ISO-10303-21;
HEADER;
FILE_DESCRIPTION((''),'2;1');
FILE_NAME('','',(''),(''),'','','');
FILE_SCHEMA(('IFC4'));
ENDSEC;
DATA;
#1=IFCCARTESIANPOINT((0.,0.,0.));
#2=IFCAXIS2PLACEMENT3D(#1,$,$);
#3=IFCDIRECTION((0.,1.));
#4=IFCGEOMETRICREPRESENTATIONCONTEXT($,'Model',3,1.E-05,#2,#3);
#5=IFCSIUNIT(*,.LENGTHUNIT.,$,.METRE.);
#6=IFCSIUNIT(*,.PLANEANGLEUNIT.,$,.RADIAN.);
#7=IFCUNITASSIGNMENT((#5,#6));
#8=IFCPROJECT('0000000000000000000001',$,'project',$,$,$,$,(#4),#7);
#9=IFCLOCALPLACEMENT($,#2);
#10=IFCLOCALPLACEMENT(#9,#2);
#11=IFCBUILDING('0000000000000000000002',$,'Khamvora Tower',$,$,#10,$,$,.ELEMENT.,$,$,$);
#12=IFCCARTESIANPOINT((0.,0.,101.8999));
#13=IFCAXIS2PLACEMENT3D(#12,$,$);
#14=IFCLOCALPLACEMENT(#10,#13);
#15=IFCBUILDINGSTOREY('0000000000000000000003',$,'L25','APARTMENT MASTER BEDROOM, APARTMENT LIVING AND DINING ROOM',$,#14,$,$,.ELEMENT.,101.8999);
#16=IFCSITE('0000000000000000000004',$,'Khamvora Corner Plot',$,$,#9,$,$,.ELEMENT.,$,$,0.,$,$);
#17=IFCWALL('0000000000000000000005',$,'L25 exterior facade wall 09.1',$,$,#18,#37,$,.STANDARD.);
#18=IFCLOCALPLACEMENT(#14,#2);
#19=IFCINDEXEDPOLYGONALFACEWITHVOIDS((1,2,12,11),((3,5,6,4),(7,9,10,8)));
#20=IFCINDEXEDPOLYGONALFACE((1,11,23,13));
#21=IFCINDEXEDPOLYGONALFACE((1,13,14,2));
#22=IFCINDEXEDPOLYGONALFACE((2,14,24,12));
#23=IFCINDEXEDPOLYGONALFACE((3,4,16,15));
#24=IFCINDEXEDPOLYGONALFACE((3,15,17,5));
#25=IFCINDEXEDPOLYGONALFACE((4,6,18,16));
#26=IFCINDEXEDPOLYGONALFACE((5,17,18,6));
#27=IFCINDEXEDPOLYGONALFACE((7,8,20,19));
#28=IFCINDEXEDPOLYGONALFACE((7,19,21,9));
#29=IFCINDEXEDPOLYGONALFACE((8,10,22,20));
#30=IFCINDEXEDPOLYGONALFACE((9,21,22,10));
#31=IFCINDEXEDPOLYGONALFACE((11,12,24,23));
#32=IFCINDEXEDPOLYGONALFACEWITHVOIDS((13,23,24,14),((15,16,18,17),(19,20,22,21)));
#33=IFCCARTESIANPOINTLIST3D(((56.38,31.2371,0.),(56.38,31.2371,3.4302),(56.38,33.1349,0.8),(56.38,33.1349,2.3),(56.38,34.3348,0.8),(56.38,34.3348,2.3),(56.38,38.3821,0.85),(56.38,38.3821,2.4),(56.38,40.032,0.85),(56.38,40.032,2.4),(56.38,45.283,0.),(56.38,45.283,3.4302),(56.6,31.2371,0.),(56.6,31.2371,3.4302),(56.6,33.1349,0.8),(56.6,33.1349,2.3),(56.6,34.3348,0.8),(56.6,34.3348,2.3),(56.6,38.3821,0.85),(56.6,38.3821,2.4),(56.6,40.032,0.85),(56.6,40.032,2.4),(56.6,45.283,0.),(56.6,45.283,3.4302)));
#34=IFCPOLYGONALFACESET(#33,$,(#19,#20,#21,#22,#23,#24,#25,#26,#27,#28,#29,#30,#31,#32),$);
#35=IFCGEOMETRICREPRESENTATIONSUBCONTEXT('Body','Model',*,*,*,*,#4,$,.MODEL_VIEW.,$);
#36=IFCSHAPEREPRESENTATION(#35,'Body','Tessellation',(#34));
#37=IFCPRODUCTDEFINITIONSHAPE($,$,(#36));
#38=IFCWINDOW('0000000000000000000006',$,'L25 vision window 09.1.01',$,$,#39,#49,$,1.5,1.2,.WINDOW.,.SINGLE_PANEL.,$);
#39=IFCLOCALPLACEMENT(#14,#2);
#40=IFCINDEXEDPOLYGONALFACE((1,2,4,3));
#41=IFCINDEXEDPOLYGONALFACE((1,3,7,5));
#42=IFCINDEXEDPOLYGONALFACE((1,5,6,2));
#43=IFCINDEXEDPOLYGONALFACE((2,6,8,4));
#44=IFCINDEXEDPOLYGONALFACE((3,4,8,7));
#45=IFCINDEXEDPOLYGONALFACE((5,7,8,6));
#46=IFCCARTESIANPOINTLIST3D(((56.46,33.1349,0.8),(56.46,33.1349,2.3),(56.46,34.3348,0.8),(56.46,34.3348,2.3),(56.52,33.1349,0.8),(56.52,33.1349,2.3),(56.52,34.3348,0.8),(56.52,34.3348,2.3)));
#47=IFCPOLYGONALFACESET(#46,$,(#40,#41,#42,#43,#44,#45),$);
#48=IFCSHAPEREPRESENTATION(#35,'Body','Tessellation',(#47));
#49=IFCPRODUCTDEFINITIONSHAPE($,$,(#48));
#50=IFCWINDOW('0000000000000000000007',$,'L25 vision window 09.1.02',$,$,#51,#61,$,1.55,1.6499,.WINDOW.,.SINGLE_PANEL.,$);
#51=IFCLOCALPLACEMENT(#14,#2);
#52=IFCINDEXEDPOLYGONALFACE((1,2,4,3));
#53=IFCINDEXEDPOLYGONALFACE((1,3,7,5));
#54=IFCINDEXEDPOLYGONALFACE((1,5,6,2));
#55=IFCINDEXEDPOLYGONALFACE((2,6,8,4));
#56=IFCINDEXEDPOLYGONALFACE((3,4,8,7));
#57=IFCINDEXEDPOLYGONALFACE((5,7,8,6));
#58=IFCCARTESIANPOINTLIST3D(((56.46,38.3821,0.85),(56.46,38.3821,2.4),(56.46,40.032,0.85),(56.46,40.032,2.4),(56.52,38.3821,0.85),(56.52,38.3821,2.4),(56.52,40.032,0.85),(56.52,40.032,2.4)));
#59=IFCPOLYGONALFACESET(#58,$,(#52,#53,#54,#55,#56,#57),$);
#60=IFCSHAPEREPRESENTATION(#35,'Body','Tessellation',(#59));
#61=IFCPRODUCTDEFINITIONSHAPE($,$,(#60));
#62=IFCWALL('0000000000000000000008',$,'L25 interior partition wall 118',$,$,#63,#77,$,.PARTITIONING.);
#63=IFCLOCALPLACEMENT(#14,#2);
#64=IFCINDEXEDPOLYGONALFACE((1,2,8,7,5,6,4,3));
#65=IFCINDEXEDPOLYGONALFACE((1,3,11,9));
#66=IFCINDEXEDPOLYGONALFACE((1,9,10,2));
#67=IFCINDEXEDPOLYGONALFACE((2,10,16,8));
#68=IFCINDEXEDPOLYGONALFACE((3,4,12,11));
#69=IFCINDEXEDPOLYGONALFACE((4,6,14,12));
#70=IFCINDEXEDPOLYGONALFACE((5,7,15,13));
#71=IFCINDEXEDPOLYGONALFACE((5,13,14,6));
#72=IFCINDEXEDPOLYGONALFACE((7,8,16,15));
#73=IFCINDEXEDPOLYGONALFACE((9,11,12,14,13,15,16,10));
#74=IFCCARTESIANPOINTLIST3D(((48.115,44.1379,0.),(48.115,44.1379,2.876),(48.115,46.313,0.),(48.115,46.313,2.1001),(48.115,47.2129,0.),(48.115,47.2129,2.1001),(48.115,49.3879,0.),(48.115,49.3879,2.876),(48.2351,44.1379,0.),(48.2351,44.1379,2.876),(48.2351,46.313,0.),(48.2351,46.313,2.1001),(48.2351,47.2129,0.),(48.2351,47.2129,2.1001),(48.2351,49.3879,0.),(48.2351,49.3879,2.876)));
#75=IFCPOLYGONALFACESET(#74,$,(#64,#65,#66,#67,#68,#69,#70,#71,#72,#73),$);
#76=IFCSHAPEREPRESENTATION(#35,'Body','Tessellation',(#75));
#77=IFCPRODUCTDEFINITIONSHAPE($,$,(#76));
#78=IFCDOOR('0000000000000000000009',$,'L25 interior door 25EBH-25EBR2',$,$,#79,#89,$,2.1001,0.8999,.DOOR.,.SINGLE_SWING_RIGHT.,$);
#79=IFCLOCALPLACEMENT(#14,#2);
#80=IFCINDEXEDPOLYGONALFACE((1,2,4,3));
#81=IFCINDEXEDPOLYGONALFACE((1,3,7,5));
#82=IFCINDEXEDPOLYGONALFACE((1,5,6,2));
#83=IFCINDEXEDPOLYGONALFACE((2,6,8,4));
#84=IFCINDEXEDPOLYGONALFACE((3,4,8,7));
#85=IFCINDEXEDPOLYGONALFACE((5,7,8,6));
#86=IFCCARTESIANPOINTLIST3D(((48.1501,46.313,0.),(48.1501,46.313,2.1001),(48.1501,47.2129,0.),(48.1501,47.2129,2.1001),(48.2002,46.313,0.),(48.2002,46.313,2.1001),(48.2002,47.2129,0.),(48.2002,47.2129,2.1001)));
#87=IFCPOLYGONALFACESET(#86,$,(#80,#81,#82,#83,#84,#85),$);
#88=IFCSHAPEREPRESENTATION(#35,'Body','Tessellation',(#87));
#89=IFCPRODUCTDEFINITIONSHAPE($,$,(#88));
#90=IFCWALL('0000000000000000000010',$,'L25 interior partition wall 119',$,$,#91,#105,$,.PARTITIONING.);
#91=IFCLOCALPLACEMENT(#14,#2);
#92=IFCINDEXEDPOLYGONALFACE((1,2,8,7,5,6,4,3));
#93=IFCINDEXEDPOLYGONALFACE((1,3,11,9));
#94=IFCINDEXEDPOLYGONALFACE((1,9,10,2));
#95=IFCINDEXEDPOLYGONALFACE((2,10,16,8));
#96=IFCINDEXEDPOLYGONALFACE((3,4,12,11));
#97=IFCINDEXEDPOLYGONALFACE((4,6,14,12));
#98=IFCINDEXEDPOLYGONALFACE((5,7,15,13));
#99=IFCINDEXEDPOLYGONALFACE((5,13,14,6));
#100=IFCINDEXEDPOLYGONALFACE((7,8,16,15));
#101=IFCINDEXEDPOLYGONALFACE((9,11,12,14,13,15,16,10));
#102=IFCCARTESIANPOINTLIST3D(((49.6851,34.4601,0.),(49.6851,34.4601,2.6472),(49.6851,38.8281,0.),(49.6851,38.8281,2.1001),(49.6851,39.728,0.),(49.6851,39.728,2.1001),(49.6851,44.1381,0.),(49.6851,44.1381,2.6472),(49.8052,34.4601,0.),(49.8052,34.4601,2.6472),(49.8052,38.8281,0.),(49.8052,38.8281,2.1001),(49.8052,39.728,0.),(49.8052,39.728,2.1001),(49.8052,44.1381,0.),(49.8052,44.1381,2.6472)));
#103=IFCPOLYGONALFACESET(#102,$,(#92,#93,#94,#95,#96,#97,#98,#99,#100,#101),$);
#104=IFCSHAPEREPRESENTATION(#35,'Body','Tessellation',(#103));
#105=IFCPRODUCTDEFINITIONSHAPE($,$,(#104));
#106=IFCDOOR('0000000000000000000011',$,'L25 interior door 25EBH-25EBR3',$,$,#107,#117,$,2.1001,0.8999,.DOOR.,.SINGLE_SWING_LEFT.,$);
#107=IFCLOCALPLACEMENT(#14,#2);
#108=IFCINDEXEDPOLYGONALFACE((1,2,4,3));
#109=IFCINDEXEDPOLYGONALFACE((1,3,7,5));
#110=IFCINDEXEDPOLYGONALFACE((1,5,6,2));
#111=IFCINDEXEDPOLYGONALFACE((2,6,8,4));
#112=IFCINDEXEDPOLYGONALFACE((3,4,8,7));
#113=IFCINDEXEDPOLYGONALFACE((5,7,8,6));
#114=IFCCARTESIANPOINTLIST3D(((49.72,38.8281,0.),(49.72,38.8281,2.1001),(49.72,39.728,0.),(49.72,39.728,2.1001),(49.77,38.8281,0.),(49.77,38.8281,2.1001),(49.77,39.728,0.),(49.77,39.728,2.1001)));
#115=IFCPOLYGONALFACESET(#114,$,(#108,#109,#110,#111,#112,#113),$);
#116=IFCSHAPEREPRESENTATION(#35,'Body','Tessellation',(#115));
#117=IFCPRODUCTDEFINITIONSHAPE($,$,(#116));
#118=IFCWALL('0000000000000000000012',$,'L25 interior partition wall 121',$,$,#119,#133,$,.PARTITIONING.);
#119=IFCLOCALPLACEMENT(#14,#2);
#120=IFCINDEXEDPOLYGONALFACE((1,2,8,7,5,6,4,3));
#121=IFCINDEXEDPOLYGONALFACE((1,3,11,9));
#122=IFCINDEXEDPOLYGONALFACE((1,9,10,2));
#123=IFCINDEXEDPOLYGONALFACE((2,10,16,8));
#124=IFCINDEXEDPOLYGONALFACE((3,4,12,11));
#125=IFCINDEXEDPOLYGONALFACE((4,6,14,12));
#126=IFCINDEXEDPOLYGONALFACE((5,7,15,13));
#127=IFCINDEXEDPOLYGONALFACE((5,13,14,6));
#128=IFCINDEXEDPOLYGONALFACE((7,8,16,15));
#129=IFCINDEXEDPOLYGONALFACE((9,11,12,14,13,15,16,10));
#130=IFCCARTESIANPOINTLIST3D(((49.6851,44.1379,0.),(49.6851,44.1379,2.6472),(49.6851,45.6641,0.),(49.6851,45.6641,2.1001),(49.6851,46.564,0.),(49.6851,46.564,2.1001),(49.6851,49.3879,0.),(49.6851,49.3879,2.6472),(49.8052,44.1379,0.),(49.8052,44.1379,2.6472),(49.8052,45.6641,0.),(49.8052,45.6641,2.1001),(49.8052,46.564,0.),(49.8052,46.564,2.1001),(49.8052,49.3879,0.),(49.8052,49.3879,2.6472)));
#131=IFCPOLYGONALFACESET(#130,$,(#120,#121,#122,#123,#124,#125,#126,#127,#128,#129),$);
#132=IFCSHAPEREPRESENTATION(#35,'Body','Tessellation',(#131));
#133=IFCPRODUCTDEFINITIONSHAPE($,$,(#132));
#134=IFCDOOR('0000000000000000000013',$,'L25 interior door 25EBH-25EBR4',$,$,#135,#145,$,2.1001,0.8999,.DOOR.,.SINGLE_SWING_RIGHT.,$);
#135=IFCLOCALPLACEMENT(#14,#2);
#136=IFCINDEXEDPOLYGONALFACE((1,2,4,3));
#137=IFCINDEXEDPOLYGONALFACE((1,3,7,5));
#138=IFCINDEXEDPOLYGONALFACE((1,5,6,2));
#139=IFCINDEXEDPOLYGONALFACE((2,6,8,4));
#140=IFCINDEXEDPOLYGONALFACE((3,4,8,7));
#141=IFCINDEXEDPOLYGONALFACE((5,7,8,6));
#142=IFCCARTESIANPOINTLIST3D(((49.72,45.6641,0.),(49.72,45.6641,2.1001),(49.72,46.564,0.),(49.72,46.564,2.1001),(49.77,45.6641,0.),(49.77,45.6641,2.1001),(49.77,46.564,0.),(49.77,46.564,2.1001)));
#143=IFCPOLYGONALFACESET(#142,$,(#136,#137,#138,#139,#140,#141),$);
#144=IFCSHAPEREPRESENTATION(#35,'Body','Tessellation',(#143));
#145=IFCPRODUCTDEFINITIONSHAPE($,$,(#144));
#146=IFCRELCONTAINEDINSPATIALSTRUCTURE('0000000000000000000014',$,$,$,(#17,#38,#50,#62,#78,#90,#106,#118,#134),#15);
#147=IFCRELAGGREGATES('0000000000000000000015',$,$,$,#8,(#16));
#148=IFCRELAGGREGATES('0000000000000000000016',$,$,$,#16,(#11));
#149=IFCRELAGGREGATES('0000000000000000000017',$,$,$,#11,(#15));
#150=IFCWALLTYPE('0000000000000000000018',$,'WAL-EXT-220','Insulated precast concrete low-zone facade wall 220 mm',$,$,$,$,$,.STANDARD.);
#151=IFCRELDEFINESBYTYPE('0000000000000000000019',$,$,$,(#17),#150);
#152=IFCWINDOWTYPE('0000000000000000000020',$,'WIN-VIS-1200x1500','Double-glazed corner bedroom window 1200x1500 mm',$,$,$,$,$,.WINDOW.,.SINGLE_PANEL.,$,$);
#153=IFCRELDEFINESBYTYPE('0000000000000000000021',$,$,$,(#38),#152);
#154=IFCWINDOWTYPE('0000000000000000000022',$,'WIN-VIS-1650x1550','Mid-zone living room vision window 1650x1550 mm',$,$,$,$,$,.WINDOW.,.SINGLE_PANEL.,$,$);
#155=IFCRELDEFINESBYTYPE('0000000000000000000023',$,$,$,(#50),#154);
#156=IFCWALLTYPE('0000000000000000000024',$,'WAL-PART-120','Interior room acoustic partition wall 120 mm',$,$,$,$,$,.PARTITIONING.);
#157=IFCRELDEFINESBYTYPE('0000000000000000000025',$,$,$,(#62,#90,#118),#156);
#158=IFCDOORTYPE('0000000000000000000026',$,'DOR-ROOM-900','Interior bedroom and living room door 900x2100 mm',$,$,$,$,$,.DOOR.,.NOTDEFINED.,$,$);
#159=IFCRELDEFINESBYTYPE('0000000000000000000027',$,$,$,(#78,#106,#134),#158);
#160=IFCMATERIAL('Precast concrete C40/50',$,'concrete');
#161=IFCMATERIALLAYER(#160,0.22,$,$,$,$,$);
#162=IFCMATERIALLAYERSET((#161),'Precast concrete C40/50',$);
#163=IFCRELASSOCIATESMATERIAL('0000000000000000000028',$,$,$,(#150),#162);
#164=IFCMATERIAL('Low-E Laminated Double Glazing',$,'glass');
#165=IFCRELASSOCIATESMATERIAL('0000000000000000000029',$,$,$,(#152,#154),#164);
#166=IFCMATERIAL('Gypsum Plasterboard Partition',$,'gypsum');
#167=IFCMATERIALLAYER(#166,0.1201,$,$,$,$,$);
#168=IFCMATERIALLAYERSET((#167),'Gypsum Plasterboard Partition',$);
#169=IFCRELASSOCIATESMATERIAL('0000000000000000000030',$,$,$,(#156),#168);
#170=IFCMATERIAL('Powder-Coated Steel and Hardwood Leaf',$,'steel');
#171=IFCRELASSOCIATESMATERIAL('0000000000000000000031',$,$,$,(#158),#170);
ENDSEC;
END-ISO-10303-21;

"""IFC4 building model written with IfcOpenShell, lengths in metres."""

from ifc_helpers import new_model, si_unit, direction, frame, frame_2d, origin, place, context, subcontext, project, spatial, rectangle, extrude, material, layer, layer_set, type_object, element, fill, save


model = new_model("IFC4")

# Units and contexts
model_context = context("Model", 3, precision=1e-05, world=origin(), true_north=direction((0.0, 1.0)))
body_context = subcontext(model_context, "Body", "Model", "MODEL_VIEW")
ifc_project = project(units=[si_unit("LENGTHUNIT", "METRE"), si_unit("PLANEANGLEUNIT", "RADIAN")], contexts=[model_context])

# Site, building, storey
site_placement = place(None, origin())
site = spatial("IfcSite", under=ifc_project, at=site_placement, Name="Khamvora Corner Plot", CompositionType="ELEMENT", RefElevation=0.0)
building_placement = place(site_placement, origin())
building = spatial("IfcBuilding", under=site, at=building_placement, Name="Khamvora Tower", CompositionType="ELEMENT")
storey_placement = place(building_placement, frame((0.0, 0.0, 101.8999)))
storey = spatial("IfcBuildingStorey", under=building, at=storey_placement, Name="L25", Description="APARTMENT MASTER BEDROOM, APARTMENT LIVING AND DINING ROOM", CompositionType="ELEMENT", Elevation=101.8999)

# Shared definitions
ifc_material_1 = material(Name="Powder-Coated Steel and Hardwood Leaf", Category="steel")

# Shared definitions
ifc_material_2 = material(Name="Precast concrete C40/50", Category="concrete")
ifc_layer_1 = layer(ifc_material_2, 0.22)
ifc_layer_set_1 = layer_set([ifc_layer_1], Name="Precast concrete C40/50")
wall_type_1 = type_object("IfcWallType", Name="WAL-EXT-220", Description="Insulated precast concrete low-zone facade wall 220 mm", PredefinedType="STANDARD", material=ifc_layer_set_1)

# Wall, openings, windows
wall_1_placement = place(storey_placement, frame((56.49, 45.283, 0.0), z_axis=(0.0, 0.0, 1.0), x_axis=(0.0, -1.0, 0.0)))
wall_1 = element("IfcWall", 1, at=wall_1_placement, inside=storey, type_object=wall_type_1, Name="L25 exterior facade wall 09.1", PredefinedType="STANDARD", context=body_context, shape_type="SweptSolid", body=[
    extrude(rectangle(XDim=14.0459, YDim=0.22, at=frame_2d((7.0229, 0.0))), origin(), (0.0, 0.0, 1.0), 3.4302),
])
opening_1_placement = place(wall_1_placement, frame((10.948, 0.0, 0.8)))
opening_1 = element("IfcOpeningElement", 2, at=opening_1_placement, cuts=wall_1, PredefinedType="OPENING", context=body_context, shape_type="SweptSolid", body=[
    extrude(rectangle(XDim=1.2, YDim=1.5, at=frame_2d((0.6001, 0.75))), frame((0.0, 0.1199, 0.0), z_axis=(0.0, -1.0, 0.0), x_axis=(1.0, 0.0, 0.0)), (0.0, 0.0, 1.0), 0.24),
])
opening_2_placement = place(wall_1_placement, frame((5.251, 0.0, 0.8501)))
opening_2 = element("IfcOpeningElement", 3, at=opening_2_placement, cuts=wall_1, PredefinedType="OPENING", context=body_context, shape_type="SweptSolid", body=[
    extrude(rectangle(XDim=1.6499, YDim=1.55, at=frame_2d((0.825, 0.7749))), frame((0.0, 0.1199, 0.0), z_axis=(0.0, -1.0, 0.0), x_axis=(1.0, 0.0, 0.0)), (0.0, 0.0, 1.0), 0.24),
])
ifc_material_3 = material(Name="Low-E Laminated Double Glazing", Category="glass")
window_type_1 = type_object("IfcWindowType", Name="WIN-VIS-1200x1500", Description="Double-glazed corner bedroom window 1200x1500 mm", PartitioningType="SINGLE_PANEL", PredefinedType="WINDOW", material=ifc_material_3)
window_1_placement = place(opening_1_placement, origin())
window_1 = element("IfcWindow", 4, at=window_1_placement, inside=storey, type_object=window_type_1, Name="L25 vision window 09.1.01", OverallHeight=1.5, OverallWidth=1.2, PartitioningType="SINGLE_PANEL", PredefinedType="WINDOW", context=body_context, shape_type="SweptSolid", body=[
    extrude(rectangle(XDim=1.2, YDim=1.5, at=frame_2d((0.6001, 0.75))), frame((0.0, 0.03, 0.0), z_axis=(0.0, -1.0, 0.0), x_axis=(1.0, 0.0, 0.0)), (0.0, 0.0, 1.0), 0.0601),
])
fill(opening_1, window_1)
window_type_2 = type_object("IfcWindowType", Name="WIN-VIS-1650x1550", Description="Mid-zone living room vision window 1650x1550 mm", PartitioningType="SINGLE_PANEL", PredefinedType="WINDOW", material=ifc_material_3)
window_2_placement = place(opening_2_placement, origin())
window_2 = element("IfcWindow", 5, at=window_2_placement, inside=storey, type_object=window_type_2, Name="L25 vision window 09.1.02", OverallHeight=1.55, OverallWidth=1.6499, PartitioningType="SINGLE_PANEL", PredefinedType="WINDOW", context=body_context, shape_type="SweptSolid", body=[
    extrude(rectangle(XDim=1.6499, YDim=1.55, at=frame_2d((0.825, 0.7749))), frame((0.0, 0.03, 0.0), z_axis=(0.0, -1.0, 0.0), x_axis=(1.0, 0.0, 0.0)), (0.0, 0.0, 1.0), 0.0601),
])
fill(opening_2, window_2)

# Walls, openings, doors
ifc_material_4 = material(Name="Gypsum Plasterboard Partition", Category="gypsum")
ifc_layer_2 = layer(ifc_material_4, 0.1201)
ifc_layer_set_2 = layer_set([ifc_layer_2], Name="Gypsum Plasterboard Partition")
wall_type_2 = type_object("IfcWallType", Name="WAL-PART-120", Description="Interior room acoustic partition wall 120 mm", PredefinedType="PARTITIONING", material=ifc_layer_set_2)
wall_2_placement = place(storey_placement, frame((48.175, 44.1379, 0.0), z_axis=(0.0, 0.0, 1.0), x_axis=(0.0, 1.0, 0.0)))
wall_2 = element("IfcWall", 6, at=wall_2_placement, inside=storey, type_object=wall_type_2, Name="L25 interior partition wall 118", PredefinedType="PARTITIONING", context=body_context, shape_type="SweptSolid", body=[
    extrude(rectangle(XDim=5.25, YDim=0.1201, at=frame_2d((2.625, 0.0))), origin(), (0.0, 0.0, 1.0), 2.876),
])
opening_3_placement = place(wall_2_placement, frame((2.175, 0.0, 0.0)))
opening_3 = element("IfcOpeningElement", 7, at=opening_3_placement, cuts=wall_2, PredefinedType="OPENING", context=body_context, shape_type="SweptSolid", body=[
    extrude(rectangle(XDim=0.8999, YDim=2.1001, at=frame_2d((0.45, 1.05))), frame((0.0, 0.0701, 0.0), z_axis=(0.0, -1.0, 0.0), x_axis=(1.0, 0.0, 0.0)), (0.0, 0.0, 1.0), 0.1401),
])
door_type_1 = type_object("IfcDoorType", Name="DOR-ROOM-900", Description="Interior bedroom and living room door 900x2100 mm", OperationType="NOTDEFINED", PredefinedType="DOOR", material=ifc_material_1)
door_1_placement = place(opening_3_placement, origin())
door_1 = element("IfcDoor", 8, at=door_1_placement, inside=storey, type_object=door_type_1, Name="L25 interior door 25EBH-25EBR2", OperationType="SINGLE_SWING_RIGHT", OverallHeight=2.1001, OverallWidth=0.8999, PredefinedType="DOOR", context=body_context, shape_type="SweptSolid", body=[
    extrude(rectangle(XDim=0.8999, YDim=2.1001, at=frame_2d((0.45, 1.05))), frame((0.0, 0.0249, 0.0), z_axis=(0.0, -1.0, 0.0), x_axis=(1.0, 0.0, 0.0)), (0.0, 0.0, 1.0), 0.05),
])
fill(opening_3, door_1)
wall_3_placement = place(storey_placement, frame((49.7451, 44.1379, 0.0), z_axis=(0.0, 0.0, 1.0), x_axis=(0.0, -1.0, 0.0)))
wall_3 = element("IfcWall", 9, at=wall_3_placement, inside=storey, type_object=wall_type_2, Name="L25 interior partition wall 119", PredefinedType="PARTITIONING", context=body_context, shape_type="SweptSolid", body=[
    extrude(rectangle(XDim=9.678, YDim=0.1201, at=frame_2d((4.8389, 0.0))), origin(), (0.0, 0.0, 1.0), 2.6472),
])
opening_4_placement = place(wall_3_placement, frame((4.4099, 0.0, 0.0)))
opening_4 = element("IfcOpeningElement", 10, at=opening_4_placement, cuts=wall_3, PredefinedType="OPENING", context=body_context, shape_type="SweptSolid", body=[
    extrude(rectangle(XDim=0.8999, YDim=2.1001, at=frame_2d((0.45, 1.05))), frame((0.0, 0.0701, 0.0), z_axis=(0.0, -1.0, 0.0), x_axis=(1.0, 0.0, 0.0)), (0.0, 0.0, 1.0), 0.1401),
])
door_2_placement = place(opening_4_placement, origin())
door_2 = element("IfcDoor", 11, at=door_2_placement, inside=storey, type_object=door_type_1, Name="L25 interior door 25EBH-25EBR3", OperationType="SINGLE_SWING_LEFT", OverallHeight=2.1001, OverallWidth=0.8999, PredefinedType="DOOR", context=body_context, shape_type="SweptSolid", body=[
    extrude(rectangle(XDim=0.8999, YDim=2.1001, at=frame_2d((0.45, 1.05))), frame((0.0, 0.0249, 0.0), z_axis=(0.0, -1.0, 0.0), x_axis=(1.0, 0.0, 0.0)), (0.0, 0.0, 1.0), 0.05),
])
fill(opening_4, door_2)
wall_4_placement = place(storey_placement, frame((49.7451, 49.3879, 0.0), z_axis=(0.0, 0.0, 1.0), x_axis=(0.0, -1.0, 0.0)))
wall_4 = element("IfcWall", 12, at=wall_4_placement, inside=storey, type_object=wall_type_2, Name="L25 interior partition wall 121", PredefinedType="PARTITIONING", context=body_context, shape_type="SweptSolid", body=[
    extrude(rectangle(XDim=5.25, YDim=0.1201, at=frame_2d((2.625, 0.0))), origin(), (0.0, 0.0, 1.0), 2.6472),
])
opening_5_placement = place(wall_4_placement, frame((2.824, 0.0, 0.0)))
opening_5 = element("IfcOpeningElement", 13, at=opening_5_placement, cuts=wall_4, PredefinedType="OPENING", context=body_context, shape_type="SweptSolid", body=[
    extrude(rectangle(XDim=0.8999, YDim=2.1001, at=frame_2d((0.45, 1.05))), frame((0.0, 0.0701, 0.0), z_axis=(0.0, -1.0, 0.0), x_axis=(1.0, 0.0, 0.0)), (0.0, 0.0, 1.0), 0.1401),
])
door_3_placement = place(opening_5_placement, origin())
door_3 = element("IfcDoor", 14, at=door_3_placement, inside=storey, type_object=door_type_1, Name="L25 interior door 25EBH-25EBR4", OperationType="SINGLE_SWING_RIGHT", OverallHeight=2.1001, OverallWidth=0.8999, PredefinedType="DOOR", context=body_context, shape_type="SweptSolid", body=[
    extrude(rectangle(XDim=0.8999, YDim=2.1001, at=frame_2d((0.45, 1.05))), frame((0.0, 0.0249, 0.0), z_axis=(0.0, -1.0, 0.0), x_axis=(1.0, 0.0, 0.0)), (0.0, 0.0, 1.0), 0.05),
])
fill(opening_5, door_3)

save(model, "model.ifc")
